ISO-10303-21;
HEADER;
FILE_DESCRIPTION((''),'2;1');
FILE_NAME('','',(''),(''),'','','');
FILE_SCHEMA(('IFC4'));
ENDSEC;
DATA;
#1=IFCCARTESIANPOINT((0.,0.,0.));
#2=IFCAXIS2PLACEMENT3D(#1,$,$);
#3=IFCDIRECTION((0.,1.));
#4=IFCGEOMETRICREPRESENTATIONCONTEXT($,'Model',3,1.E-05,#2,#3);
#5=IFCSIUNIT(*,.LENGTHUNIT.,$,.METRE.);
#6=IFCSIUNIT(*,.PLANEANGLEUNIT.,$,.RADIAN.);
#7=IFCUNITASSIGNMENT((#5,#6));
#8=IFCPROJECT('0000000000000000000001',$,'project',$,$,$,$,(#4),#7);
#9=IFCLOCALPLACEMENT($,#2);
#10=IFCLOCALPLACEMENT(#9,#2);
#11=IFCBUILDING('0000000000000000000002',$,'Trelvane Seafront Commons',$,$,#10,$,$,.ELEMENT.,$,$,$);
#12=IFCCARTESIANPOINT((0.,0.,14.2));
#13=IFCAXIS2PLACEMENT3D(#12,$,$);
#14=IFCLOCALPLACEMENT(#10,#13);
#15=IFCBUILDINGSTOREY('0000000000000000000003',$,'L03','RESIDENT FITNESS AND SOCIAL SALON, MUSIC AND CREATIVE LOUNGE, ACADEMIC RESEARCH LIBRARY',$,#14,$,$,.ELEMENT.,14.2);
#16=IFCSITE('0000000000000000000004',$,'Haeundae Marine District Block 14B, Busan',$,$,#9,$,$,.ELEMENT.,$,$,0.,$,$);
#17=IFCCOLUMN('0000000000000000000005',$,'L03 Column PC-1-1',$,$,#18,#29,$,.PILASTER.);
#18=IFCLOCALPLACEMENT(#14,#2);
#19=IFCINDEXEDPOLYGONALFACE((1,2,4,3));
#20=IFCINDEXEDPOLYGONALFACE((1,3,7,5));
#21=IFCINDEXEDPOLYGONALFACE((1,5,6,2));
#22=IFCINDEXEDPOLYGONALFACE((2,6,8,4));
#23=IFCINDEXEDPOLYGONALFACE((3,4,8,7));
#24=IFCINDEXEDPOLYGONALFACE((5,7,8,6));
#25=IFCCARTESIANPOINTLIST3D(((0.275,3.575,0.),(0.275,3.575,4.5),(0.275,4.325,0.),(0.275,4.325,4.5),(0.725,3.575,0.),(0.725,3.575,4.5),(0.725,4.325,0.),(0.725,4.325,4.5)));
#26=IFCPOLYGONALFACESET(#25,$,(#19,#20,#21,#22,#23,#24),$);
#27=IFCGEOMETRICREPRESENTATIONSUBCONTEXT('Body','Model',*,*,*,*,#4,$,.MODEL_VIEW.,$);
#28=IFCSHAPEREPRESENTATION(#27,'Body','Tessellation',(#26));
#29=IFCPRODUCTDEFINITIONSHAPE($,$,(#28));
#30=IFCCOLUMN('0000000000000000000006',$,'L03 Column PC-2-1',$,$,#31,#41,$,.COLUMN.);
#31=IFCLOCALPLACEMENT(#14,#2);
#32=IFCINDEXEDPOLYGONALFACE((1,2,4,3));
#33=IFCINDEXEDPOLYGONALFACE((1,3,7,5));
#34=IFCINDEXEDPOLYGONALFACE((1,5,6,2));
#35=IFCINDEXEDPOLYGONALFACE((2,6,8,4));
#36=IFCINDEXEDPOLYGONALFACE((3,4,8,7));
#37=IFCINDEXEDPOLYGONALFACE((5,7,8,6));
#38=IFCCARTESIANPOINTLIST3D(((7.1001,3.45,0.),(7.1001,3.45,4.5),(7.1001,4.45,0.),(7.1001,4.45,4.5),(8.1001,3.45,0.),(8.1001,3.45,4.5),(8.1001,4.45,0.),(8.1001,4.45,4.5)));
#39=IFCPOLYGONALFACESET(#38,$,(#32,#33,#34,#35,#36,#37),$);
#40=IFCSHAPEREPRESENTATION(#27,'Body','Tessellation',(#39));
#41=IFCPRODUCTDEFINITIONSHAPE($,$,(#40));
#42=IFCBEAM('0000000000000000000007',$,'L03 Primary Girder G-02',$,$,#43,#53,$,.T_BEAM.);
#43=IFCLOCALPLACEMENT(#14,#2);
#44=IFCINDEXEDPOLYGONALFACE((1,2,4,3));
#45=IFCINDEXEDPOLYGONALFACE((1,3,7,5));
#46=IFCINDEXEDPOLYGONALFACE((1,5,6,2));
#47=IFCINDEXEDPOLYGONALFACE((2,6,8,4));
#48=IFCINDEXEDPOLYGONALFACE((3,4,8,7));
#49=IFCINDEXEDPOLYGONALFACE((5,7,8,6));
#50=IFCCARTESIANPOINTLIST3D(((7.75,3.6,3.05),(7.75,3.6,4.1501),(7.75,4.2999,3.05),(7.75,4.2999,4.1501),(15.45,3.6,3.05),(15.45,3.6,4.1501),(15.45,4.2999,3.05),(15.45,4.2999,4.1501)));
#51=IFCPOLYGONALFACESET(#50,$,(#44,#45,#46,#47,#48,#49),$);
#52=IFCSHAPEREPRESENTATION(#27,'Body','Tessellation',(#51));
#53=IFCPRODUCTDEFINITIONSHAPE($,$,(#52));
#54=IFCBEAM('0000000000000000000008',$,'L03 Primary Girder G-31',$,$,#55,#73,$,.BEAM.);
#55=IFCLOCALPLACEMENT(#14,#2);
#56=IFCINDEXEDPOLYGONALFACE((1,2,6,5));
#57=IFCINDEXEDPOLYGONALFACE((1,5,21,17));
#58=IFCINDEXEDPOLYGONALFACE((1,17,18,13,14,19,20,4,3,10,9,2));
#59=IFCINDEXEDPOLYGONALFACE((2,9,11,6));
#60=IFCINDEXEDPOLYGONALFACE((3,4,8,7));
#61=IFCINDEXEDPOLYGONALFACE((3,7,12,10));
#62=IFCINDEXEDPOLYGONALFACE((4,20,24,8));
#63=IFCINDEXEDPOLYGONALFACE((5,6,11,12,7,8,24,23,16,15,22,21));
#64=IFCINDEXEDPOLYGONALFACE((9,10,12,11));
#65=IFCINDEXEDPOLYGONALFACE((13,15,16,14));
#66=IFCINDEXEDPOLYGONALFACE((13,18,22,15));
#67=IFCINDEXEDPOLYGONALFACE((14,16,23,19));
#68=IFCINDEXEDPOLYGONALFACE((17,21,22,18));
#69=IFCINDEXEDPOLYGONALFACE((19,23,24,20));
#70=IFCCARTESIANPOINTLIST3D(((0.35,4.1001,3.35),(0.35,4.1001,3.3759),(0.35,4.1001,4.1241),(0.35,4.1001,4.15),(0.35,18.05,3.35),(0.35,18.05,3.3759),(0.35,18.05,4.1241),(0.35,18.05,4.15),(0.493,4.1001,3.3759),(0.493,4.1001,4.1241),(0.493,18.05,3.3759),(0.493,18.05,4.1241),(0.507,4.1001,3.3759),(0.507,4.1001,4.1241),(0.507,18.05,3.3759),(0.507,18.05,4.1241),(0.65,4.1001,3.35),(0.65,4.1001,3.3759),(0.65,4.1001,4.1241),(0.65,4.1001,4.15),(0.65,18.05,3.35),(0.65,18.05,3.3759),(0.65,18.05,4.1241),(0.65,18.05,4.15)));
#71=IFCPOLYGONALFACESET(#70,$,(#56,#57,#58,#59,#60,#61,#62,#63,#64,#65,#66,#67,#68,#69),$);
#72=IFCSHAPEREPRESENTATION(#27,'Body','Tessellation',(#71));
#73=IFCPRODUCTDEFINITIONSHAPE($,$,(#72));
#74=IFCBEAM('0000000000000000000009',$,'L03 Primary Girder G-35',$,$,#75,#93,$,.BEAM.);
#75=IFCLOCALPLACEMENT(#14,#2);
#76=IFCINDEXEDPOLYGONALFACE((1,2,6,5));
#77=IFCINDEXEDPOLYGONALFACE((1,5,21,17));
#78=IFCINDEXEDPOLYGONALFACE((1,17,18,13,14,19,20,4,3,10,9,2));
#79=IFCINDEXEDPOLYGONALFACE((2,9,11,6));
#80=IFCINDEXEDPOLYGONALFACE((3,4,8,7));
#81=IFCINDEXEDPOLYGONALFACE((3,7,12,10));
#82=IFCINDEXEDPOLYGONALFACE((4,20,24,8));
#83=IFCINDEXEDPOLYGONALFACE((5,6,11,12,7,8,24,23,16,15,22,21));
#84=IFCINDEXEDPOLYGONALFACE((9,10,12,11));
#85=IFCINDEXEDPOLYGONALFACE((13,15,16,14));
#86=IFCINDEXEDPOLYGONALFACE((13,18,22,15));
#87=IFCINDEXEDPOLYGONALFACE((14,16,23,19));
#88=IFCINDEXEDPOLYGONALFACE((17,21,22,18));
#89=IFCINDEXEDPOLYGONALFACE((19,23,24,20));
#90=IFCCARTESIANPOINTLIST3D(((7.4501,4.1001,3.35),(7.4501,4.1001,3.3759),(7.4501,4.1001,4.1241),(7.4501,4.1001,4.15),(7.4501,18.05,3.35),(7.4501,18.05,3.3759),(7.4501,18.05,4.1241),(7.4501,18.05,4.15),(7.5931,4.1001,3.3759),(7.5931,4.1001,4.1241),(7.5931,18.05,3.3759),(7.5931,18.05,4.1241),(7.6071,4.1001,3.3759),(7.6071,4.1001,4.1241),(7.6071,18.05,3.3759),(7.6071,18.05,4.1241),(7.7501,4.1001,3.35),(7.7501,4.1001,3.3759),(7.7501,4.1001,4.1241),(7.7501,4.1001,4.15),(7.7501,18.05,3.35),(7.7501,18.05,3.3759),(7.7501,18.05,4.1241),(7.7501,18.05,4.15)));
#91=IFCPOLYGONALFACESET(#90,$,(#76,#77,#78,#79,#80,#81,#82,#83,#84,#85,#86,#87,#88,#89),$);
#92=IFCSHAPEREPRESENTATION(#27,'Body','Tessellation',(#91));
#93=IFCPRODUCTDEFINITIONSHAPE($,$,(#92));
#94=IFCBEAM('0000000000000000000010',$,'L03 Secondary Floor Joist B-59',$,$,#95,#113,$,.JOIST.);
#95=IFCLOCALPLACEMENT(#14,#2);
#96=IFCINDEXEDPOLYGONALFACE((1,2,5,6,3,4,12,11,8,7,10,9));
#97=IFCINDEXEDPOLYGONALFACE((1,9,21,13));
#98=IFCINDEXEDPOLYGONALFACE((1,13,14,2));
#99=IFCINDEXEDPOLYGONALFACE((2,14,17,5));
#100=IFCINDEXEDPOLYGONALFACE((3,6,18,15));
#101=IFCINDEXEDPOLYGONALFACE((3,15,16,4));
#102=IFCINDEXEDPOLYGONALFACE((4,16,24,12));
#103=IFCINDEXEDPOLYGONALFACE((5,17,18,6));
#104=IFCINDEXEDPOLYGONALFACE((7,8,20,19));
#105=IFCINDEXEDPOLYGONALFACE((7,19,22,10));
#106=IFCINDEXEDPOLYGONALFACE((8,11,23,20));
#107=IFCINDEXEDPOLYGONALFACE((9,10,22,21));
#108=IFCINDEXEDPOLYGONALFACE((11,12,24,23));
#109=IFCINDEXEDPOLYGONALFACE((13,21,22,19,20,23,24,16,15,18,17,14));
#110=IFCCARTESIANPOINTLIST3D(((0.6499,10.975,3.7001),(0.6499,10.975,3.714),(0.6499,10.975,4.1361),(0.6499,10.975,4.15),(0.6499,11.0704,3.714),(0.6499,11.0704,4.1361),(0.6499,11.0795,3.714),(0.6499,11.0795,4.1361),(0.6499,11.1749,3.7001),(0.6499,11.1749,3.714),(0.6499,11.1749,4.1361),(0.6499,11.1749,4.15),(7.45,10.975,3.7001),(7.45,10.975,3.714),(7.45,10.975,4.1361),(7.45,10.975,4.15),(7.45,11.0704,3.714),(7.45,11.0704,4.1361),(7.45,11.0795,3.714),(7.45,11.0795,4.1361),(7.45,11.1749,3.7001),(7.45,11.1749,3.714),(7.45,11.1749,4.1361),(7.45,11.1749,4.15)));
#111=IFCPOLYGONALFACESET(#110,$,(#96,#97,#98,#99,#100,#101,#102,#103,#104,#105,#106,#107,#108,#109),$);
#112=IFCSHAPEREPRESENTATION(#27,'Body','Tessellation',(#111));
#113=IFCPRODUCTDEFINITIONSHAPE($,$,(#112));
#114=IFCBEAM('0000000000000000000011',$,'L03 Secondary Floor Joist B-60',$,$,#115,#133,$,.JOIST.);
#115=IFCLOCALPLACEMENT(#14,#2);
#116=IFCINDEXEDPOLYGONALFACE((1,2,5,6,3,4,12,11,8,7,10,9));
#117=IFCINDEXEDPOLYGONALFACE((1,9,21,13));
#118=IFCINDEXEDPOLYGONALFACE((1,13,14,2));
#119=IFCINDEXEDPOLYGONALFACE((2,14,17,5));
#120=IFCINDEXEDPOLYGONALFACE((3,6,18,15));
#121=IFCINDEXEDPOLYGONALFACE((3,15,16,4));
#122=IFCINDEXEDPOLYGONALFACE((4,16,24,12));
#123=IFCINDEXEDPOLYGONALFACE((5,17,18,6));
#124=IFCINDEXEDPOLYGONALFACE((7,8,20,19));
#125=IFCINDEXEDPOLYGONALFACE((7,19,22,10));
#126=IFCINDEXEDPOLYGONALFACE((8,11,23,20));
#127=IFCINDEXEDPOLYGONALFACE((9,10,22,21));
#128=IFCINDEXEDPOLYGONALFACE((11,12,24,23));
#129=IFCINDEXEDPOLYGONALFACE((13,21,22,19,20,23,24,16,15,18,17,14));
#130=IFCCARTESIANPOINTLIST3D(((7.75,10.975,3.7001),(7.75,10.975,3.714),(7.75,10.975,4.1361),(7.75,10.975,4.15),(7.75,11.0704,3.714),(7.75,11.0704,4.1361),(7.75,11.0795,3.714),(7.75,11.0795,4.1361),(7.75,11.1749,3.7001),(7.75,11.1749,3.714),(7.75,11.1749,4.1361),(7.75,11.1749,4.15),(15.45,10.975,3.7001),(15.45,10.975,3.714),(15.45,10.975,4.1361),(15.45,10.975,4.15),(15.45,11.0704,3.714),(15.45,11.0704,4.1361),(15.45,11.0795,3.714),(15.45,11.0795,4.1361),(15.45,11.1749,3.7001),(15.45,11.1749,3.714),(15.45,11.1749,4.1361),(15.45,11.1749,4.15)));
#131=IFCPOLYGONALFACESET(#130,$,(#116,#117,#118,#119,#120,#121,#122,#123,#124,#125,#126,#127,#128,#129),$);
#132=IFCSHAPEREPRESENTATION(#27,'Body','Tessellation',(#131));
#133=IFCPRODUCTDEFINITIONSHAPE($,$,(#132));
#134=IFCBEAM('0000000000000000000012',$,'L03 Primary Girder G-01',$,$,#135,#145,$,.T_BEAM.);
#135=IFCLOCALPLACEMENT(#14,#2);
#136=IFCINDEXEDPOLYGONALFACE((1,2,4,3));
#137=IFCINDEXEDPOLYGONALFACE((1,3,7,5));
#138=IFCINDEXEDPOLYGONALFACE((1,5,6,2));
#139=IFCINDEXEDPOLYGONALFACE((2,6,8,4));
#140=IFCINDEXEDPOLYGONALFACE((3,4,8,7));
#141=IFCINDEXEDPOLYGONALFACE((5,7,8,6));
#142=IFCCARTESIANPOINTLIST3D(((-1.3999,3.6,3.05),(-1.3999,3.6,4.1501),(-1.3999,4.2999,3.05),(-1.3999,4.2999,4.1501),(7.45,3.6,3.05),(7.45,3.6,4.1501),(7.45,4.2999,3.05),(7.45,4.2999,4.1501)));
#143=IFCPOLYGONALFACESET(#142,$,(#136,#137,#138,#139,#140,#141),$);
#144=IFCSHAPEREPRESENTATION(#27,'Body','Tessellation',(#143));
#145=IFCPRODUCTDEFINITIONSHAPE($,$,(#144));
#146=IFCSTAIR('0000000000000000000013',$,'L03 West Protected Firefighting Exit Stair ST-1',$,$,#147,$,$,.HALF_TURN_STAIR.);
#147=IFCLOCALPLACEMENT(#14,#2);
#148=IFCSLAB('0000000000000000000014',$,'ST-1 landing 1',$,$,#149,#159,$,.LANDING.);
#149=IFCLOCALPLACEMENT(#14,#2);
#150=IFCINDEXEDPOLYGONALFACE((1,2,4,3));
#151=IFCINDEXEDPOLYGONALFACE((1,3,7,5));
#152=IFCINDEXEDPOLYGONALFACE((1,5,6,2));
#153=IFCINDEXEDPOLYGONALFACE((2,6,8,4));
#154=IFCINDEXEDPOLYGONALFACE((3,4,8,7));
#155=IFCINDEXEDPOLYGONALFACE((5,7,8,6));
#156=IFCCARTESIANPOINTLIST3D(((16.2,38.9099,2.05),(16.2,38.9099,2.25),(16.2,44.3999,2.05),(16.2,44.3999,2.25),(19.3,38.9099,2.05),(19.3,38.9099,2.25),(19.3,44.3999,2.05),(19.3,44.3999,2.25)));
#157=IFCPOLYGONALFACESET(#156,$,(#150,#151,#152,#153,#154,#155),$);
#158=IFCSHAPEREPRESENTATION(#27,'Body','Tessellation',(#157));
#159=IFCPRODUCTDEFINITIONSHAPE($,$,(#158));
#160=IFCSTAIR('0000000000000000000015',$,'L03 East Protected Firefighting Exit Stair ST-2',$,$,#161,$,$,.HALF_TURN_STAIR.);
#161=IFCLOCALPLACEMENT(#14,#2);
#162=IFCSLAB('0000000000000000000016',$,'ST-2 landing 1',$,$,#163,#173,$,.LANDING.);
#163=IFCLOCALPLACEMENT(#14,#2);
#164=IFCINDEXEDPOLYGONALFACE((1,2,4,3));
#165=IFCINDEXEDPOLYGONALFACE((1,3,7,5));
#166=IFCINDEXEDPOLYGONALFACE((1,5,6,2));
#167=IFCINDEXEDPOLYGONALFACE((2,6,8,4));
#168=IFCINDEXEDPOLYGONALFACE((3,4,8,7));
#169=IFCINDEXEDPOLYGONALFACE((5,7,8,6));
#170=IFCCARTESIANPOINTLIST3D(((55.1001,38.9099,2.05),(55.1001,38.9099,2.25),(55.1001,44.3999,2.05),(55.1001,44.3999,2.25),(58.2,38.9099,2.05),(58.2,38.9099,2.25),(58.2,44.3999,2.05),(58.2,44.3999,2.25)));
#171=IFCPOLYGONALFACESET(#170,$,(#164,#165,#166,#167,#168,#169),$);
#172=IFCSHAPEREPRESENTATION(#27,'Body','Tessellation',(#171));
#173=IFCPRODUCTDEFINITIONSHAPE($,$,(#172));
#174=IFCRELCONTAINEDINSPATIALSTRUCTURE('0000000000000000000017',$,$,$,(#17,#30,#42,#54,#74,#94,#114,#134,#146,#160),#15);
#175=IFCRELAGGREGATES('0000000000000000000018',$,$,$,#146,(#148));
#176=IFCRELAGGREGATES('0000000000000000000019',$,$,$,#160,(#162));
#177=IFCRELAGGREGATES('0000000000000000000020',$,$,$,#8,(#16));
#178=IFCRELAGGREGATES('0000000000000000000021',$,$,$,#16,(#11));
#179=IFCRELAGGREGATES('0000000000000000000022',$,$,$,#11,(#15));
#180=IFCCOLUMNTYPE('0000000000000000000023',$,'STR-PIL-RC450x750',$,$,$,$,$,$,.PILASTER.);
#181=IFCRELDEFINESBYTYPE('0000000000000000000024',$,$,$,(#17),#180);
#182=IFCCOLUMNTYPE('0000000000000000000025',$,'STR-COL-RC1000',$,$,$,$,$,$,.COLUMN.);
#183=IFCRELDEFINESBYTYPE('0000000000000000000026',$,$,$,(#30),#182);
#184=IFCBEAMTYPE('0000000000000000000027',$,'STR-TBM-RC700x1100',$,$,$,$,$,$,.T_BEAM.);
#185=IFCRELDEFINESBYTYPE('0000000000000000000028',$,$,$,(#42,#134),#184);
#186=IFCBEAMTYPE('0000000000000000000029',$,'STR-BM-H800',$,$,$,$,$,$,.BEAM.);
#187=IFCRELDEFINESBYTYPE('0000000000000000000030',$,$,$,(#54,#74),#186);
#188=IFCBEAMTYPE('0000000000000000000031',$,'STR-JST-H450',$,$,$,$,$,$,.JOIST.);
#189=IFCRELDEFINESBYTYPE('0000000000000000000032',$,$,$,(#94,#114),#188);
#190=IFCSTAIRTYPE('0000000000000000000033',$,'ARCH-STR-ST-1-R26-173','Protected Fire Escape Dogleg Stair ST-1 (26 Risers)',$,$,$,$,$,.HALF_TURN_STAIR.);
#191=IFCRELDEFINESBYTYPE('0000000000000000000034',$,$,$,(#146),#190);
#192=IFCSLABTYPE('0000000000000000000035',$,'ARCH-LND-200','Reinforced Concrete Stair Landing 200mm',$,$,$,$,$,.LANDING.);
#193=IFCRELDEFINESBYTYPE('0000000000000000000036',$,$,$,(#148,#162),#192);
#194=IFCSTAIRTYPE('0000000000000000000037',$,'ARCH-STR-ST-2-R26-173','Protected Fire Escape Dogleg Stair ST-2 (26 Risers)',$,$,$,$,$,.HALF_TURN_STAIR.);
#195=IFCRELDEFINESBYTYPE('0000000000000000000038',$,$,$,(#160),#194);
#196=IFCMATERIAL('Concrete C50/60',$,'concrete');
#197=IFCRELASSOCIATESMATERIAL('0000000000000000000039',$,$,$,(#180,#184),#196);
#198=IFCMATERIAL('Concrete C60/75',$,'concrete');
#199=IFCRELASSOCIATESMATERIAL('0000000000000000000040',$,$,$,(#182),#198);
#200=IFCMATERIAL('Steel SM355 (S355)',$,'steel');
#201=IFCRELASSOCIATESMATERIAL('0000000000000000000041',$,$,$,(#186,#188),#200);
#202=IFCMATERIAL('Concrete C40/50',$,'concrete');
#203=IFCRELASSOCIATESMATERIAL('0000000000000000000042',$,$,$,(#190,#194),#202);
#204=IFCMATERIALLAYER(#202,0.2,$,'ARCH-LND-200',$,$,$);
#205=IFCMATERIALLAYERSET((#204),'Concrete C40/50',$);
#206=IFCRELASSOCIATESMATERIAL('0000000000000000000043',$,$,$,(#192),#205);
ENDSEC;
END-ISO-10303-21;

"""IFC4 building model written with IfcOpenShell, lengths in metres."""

from ifc_helpers import new_model, si_unit, direction, frame, origin, origin_2d, place, context, subcontext, project, spatial, polyline, rectangle, i_section, outline, extrude, source, transform, mapped, material, layer, layer_set, material_profile, profile_set, type_object, element, aggregate, save


model = new_model("IFC4")

# Units and contexts
model_context = context("Model", 3, precision=1e-05, world=origin(), true_north=direction((0.0, 1.0)))
body_context = subcontext(model_context, "Body", "Model", "MODEL_VIEW")
ifc_project = project(units=[si_unit("LENGTHUNIT", "METRE"), si_unit("PLANEANGLEUNIT", "RADIAN")], contexts=[model_context])

# Site, building, storey
site_placement = place(None, origin())
site = spatial("IfcSite", under=ifc_project, at=site_placement, Name="Haeundae Marine District Block 14B, Busan", CompositionType="ELEMENT", RefElevation=0.0)
building_placement = place(site_placement, origin())
building = spatial("IfcBuilding", under=site, at=building_placement, Name="Trelvane Seafront Commons", CompositionType="ELEMENT")
storey_placement = place(building_placement, frame((0.0, 0.0, 14.2)))
storey = spatial("IfcBuildingStorey", under=building, at=storey_placement, Name="L03", Description="RESIDENT FITNESS AND SOCIAL SALON, MUSIC AND CREATIVE LOUNGE, ACADEMIC RESEARCH LIBRARY", CompositionType="ELEMENT", Elevation=14.2)

# Columns
ifc_material_1 = material(Name="Concrete C50/60", Category="concrete")
ifc_material_profile_1 = material_profile(ifc_material_1, rectangle(XDim=0.45, YDim=0.75, at=origin_2d()), Name="RC-450x750")
ifc_profile_set_1 = profile_set([ifc_material_profile_1], Name="Concrete C50/60")
column_type_1 = type_object("IfcColumnType", Name="STR-PIL-RC450x750", PredefinedType="PILASTER", material=ifc_profile_set_1)
shared_shape_1 = source(origin(), body_context, "Body", "SweptSolid", [
    extrude(rectangle(XDim=0.45, YDim=0.75, at=origin_2d()), origin(), (0.0, 0.0, 1.0), 4.5),
])
column_1_placement = place(storey_placement, frame((0.5, 3.95, 0.0), z_axis=(0.0, 0.0, 1.0), x_axis=(1.0, 0.0, 0.0)))
element("IfcColumn", 1, at=column_1_placement, inside=storey, type_object=column_type_1, Name="L03 Column PC-1-1", PredefinedType="PILASTER", context=body_context, shape_type="MappedRepresentation", body=[
    mapped(shared_shape_1, transform((0.0, 0.0, 0.0), x_axis=(1.0, 0.0, 0.0), y_axis=(0.0, 1.0, 0.0), z_axis=(0.0, 0.0, 1.0), scale=1.0)),
])
ifc_material_2 = material(Name="Concrete C60/75", Category="concrete")
ifc_material_profile_2 = material_profile(ifc_material_2, rectangle(XDim=1.0, YDim=1.0, at=origin_2d()), Name="RC-1000x1000")
ifc_profile_set_2 = profile_set([ifc_material_profile_2], Name="Concrete C60/75")
column_type_2 = type_object("IfcColumnType", Name="STR-COL-RC1000", PredefinedType="COLUMN", material=ifc_profile_set_2)
shared_shape_2 = source(origin(), body_context, "Body", "SweptSolid", [
    extrude(rectangle(XDim=1.0, YDim=1.0, at=origin_2d()), origin(), (0.0, 0.0, 1.0), 4.5),
])
column_2_placement = place(storey_placement, frame((7.6001, 3.95, 0.0), z_axis=(0.0, 0.0, 1.0), x_axis=(1.0, 0.0, 0.0)))
element("IfcColumn", 2, at=column_2_placement, inside=storey, type_object=column_type_2, Name="L03 Column PC-2-1", PredefinedType="COLUMN", context=body_context, shape_type="MappedRepresentation", body=[
    mapped(shared_shape_2, transform((0.0, 0.0, 0.0), x_axis=(1.0, 0.0, 0.0), y_axis=(0.0, 1.0, 0.0), z_axis=(0.0, 0.0, 1.0), scale=1.0)),
])

# Beams
ifc_material_profile_3 = material_profile(ifc_material_1, rectangle(XDim=0.7, YDim=1.1001, at=origin_2d()), Name="RC-700x1100")
ifc_profile_set_3 = profile_set([ifc_material_profile_3], Name="Concrete C50/60")
beam_type_1 = type_object("IfcBeamType", Name="STR-TBM-RC700x1100", PredefinedType="T_BEAM", material=ifc_profile_set_3)
shared_shape_3 = source(origin(), body_context, "Body", "SweptSolid", [
    extrude(rectangle(XDim=0.7, YDim=1.1001, at=origin_2d()), origin(), (0.0, 0.0, 1.0), 7.7),
])
beam_1_placement = place(storey_placement, frame((7.75, 3.95, 3.6001), z_axis=(1.0, 0.0, 0.0), x_axis=(0.0, 1.0, 0.0)))
element("IfcBeam", 3, at=beam_1_placement, inside=storey, type_object=beam_type_1, Name="L03 Primary Girder G-02", PredefinedType="T_BEAM", context=body_context, shape_type="MappedRepresentation", body=[
    mapped(shared_shape_3, transform((0.0, 0.0, 0.0), x_axis=(1.0, 0.0, 0.0), y_axis=(0.0, 1.0, 0.0), z_axis=(0.0, 0.0, 1.0), scale=1.0)),
])
ifc_material_3 = material(Name="Steel SM355 (S355)", Category="steel")
ifc_material_profile_4 = material_profile(ifc_material_3, i_section(OverallWidth=0.3, OverallDepth=0.8, WebThickness=0.0139, FlangeThickness=0.0259, at=origin_2d()), Name="H-800x300x14x26")
ifc_profile_set_4 = profile_set([ifc_material_profile_4], Name="Steel SM355 (S355)")
beam_type_2 = type_object("IfcBeamType", Name="STR-BM-H800", PredefinedType="BEAM", material=ifc_profile_set_4)
shared_shape_4 = source(origin(), body_context, "Body", "SweptSolid", [
    extrude(i_section(OverallWidth=0.3, OverallDepth=0.8, WebThickness=0.0139, FlangeThickness=0.0259, at=origin_2d()), origin(), (0.0, 0.0, 1.0), 13.95),
])
for number, where, z_axis, x_axis, name in (
    (4, (0.5, 4.1001, 3.75), (0.0, 1.0, 0.0), (-1.0, 0.0, 0.0), "L03 Primary Girder G-31"),
    (5, (7.6001, 4.1001, 3.75), (0.0, 1.0, 0.0), (-1.0, 0.0, 0.0), "L03 Primary Girder G-35"),
):
    element("IfcBeam", number, at=place(storey_placement, frame(where, z_axis=z_axis, x_axis=x_axis)), inside=storey, type_object=beam_type_2, Name=name, PredefinedType="BEAM", context=body_context, shape_type="MappedRepresentation", body=[
        mapped(shared_shape_4, transform((0.0, 0.0, 0.0), x_axis=(1.0, 0.0, 0.0), y_axis=(0.0, 1.0, 0.0), z_axis=(0.0, 0.0, 1.0), scale=1.0)),
    ])
ifc_material_profile_5 = material_profile(ifc_material_3, i_section(OverallWidth=0.2, OverallDepth=0.45, WebThickness=0.009, FlangeThickness=0.0139, at=origin_2d()), Name="H-450x200x9x14")
ifc_profile_set_5 = profile_set([ifc_material_profile_5], Name="Steel SM355 (S355)")
beam_type_3 = type_object("IfcBeamType", Name="STR-JST-H450", PredefinedType="JOIST", material=ifc_profile_set_5)
shared_shape_5 = source(origin(), body_context, "Body", "SweptSolid", [
    extrude(i_section(OverallWidth=0.2, OverallDepth=0.45, WebThickness=0.009, FlangeThickness=0.0139, at=origin_2d()), origin(), (0.0, 0.0, 1.0), 6.8),
])
beam_2_placement = place(storey_placement, frame((0.6499, 11.075, 3.925), z_axis=(1.0, 0.0, 0.0), x_axis=(0.0, 1.0, 0.0)))
element("IfcBeam", 6, at=beam_2_placement, inside=storey, type_object=beam_type_3, Name="L03 Secondary Floor Joist B-59", PredefinedType="JOIST", context=body_context, shape_type="MappedRepresentation", body=[
    mapped(shared_shape_5, transform((0.0, 0.0, 0.0), x_axis=(1.0, 0.0, 0.0), y_axis=(0.0, 1.0, 0.0), z_axis=(0.0, 0.0, 1.0), scale=1.0)),
])
shared_shape_6 = source(origin(), body_context, "Body", "SweptSolid", [
    extrude(i_section(OverallWidth=0.2, OverallDepth=0.45, WebThickness=0.009, FlangeThickness=0.0139, at=origin_2d()), origin(), (0.0, 0.0, 1.0), 7.7),
])
beam_3_placement = place(storey_placement, frame((7.75, 11.075, 3.925), z_axis=(1.0, 0.0, 0.0), x_axis=(0.0, 1.0, 0.0)))
element("IfcBeam", 7, at=beam_3_placement, inside=storey, type_object=beam_type_3, Name="L03 Secondary Floor Joist B-60", PredefinedType="JOIST", context=body_context, shape_type="MappedRepresentation", body=[
    mapped(shared_shape_6, transform((0.0, 0.0, 0.0), x_axis=(1.0, 0.0, 0.0), y_axis=(0.0, 1.0, 0.0), z_axis=(0.0, 0.0, 1.0), scale=1.0)),
])
shared_shape_7 = source(origin(), body_context, "Body", "SweptSolid", [
    extrude(rectangle(XDim=0.7, YDim=1.1001, at=origin_2d()), origin(), (0.0, 0.0, 1.0), 8.8499),
])
beam_4_placement = place(storey_placement, frame((-1.3999, 3.95, 3.6001), z_axis=(1.0, 0.0, 0.0), x_axis=(0.0, 1.0, 0.0)))
element("IfcBeam", 8, at=beam_4_placement, inside=storey, type_object=beam_type_1, Name="L03 Primary Girder G-01", PredefinedType="T_BEAM", context=body_context, shape_type="MappedRepresentation", body=[
    mapped(shared_shape_7, transform((0.0, 0.0, 0.0), x_axis=(1.0, 0.0, 0.0), y_axis=(0.0, 1.0, 0.0), z_axis=(0.0, 0.0, 1.0), scale=1.0)),
])

# Stairs, slabs
ifc_material_4 = material(Name="Concrete C40/50", Category="concrete")
stair_type_1 = type_object("IfcStairType", Name="ARCH-STR-ST-1-R26-173", Description="Protected Fire Escape Dogleg Stair ST-1 (26 Risers)", PredefinedType="HALF_TURN_STAIR", material=ifc_material_4)
stair_1_placement = place(storey_placement, origin())
stair_1 = element("IfcStair", 9, at=stair_1_placement, inside=storey, type_object=stair_type_1, Name="L03 West Protected Firefighting Exit Stair ST-1", PredefinedType="HALF_TURN_STAIR")
ifc_layer_1 = layer(ifc_material_4, 0.2, Name="ARCH-LND-200")
ifc_layer_set_1 = layer_set([ifc_layer_1], Name="Concrete C40/50")
slab_type_1 = type_object("IfcSlabType", Name="ARCH-LND-200", Description="Reinforced Concrete Stair Landing 200mm", PredefinedType="LANDING", material=ifc_layer_set_1)
slab_1_placement = place(storey_placement, frame((0.0, 0.0, 2.05)))
slab_1 = element("IfcSlab", 10, at=slab_1_placement, type_object=slab_type_1, Name="ST-1 landing 1", PredefinedType="LANDING", context=body_context, shape_type="SweptSolid", body=[
    extrude(outline(polyline([(19.3, 38.9099), (19.3, 44.3999), (16.2, 44.3999), (16.2, 38.9099), (19.3, 38.9099)])), origin(), (0.0, 0.0, 1.0), 0.2),
])
aggregate(stair_1, [slab_1])
stair_type_2 = type_object("IfcStairType", Name="ARCH-STR-ST-2-R26-173", Description="Protected Fire Escape Dogleg Stair ST-2 (26 Risers)", PredefinedType="HALF_TURN_STAIR", material=ifc_material_4)
stair_2_placement = place(storey_placement, origin())
stair_2 = element("IfcStair", 11, at=stair_2_placement, inside=storey, type_object=stair_type_2, Name="L03 East Protected Firefighting Exit Stair ST-2", PredefinedType="HALF_TURN_STAIR")
slab_2_placement = place(storey_placement, frame((0.0, 0.0, 2.05)))
slab_2 = element("IfcSlab", 12, at=slab_2_placement, type_object=slab_type_1, Name="ST-2 landing 1", PredefinedType="LANDING", context=body_context, shape_type="SweptSolid", body=[
    extrude(outline(polyline([(58.2, 38.9099), (58.2, 44.3999), (55.1001, 44.3999), (55.1001, 38.9099), (58.2, 38.9099)])), origin(), (0.0, 0.0, 1.0), 0.2),
])
aggregate(stair_2, [slab_2])

save(model, "model.ifc")
